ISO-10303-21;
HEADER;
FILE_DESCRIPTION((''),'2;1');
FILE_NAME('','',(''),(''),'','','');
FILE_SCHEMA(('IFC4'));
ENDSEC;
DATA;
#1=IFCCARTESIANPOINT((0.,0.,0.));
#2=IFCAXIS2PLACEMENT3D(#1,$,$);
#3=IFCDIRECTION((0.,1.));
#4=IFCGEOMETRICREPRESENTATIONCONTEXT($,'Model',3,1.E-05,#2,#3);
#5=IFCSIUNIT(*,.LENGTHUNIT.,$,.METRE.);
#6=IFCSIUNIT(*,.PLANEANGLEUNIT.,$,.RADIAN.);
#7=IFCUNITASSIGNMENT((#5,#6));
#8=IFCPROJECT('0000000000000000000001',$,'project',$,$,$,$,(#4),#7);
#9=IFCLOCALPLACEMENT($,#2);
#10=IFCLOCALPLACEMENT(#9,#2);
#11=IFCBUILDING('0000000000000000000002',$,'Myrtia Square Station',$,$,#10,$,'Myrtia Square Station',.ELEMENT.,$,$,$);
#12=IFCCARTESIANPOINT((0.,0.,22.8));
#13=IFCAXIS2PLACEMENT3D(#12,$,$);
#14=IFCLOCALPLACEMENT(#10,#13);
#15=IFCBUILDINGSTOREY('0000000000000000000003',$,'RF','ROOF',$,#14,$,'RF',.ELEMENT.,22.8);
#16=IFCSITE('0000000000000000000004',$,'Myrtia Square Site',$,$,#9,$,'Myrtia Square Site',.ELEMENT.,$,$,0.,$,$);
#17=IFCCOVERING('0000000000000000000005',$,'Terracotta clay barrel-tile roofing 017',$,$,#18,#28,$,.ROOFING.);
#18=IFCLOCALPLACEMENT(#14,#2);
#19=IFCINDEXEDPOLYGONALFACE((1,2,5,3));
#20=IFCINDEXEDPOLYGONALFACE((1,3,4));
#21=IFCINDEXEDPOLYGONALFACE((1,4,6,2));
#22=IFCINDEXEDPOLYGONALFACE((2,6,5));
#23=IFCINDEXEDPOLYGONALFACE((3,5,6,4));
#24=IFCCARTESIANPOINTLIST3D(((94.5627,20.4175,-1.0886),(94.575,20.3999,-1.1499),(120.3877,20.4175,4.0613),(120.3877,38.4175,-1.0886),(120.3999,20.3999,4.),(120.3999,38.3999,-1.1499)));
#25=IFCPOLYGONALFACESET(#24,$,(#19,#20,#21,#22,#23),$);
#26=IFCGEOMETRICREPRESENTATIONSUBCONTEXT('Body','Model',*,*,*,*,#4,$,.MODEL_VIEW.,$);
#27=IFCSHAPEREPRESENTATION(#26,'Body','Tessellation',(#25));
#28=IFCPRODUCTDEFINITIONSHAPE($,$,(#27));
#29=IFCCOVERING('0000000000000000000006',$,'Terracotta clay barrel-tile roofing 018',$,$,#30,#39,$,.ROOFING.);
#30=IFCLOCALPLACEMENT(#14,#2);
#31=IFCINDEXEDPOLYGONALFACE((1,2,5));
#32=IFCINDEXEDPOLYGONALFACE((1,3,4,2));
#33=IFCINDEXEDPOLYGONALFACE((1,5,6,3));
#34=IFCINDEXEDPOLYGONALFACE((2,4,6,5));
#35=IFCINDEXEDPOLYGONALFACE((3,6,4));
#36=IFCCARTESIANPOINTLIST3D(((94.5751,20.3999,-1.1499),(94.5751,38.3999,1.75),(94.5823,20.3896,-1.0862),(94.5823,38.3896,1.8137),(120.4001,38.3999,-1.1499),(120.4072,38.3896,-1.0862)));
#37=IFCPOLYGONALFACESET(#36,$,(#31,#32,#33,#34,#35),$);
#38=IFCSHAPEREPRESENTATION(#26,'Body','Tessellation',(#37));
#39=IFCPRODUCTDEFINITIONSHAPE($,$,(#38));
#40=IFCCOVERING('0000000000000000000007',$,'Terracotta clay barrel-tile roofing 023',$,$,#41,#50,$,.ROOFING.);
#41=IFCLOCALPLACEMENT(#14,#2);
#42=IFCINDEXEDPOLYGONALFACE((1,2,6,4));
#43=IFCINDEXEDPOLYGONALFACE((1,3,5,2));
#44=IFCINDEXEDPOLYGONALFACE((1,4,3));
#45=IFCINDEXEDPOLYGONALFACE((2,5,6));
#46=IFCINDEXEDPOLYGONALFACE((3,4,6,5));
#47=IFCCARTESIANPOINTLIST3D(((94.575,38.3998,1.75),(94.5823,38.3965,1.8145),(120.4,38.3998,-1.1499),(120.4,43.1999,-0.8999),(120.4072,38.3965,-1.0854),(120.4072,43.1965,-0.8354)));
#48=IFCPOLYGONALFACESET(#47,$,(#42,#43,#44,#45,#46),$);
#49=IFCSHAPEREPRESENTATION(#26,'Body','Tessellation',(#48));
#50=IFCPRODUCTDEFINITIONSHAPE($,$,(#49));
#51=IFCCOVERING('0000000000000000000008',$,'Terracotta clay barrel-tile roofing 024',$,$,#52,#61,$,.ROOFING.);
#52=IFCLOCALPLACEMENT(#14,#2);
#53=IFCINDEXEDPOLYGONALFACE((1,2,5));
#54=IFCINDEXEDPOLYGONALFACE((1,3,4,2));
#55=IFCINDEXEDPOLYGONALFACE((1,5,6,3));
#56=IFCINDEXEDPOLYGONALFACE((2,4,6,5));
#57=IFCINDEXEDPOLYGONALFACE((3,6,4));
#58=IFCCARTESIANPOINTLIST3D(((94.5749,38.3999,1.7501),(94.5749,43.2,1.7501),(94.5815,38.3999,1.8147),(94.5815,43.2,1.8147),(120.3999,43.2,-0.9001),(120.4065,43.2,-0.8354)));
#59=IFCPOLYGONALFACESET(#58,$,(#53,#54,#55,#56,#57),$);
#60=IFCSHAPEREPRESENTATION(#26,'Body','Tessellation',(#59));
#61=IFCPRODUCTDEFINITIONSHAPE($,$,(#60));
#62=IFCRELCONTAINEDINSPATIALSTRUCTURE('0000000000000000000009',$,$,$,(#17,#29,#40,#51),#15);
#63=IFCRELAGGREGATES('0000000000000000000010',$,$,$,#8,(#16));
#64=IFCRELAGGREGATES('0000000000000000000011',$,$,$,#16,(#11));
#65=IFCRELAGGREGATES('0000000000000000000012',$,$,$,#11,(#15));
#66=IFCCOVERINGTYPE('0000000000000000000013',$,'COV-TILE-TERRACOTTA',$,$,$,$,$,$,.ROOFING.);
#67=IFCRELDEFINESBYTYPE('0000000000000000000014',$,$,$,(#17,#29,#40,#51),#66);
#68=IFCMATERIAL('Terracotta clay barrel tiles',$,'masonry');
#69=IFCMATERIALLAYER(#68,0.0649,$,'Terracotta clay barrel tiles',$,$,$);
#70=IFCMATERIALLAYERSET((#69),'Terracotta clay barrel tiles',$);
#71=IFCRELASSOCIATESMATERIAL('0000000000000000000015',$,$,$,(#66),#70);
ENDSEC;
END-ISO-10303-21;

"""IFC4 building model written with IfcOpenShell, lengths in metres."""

from ifc_helpers import new_model, si_unit, direction, frame, origin, place, context, subcontext, project, spatial, polyline, outline, extrude, material, layer, layer_set, type_object, element, save


model = new_model("IFC4")

# Units and contexts
model_context = context("Model", 3, precision=1e-05, world=origin(), true_north=direction((0.0, 1.0)))
body_context = subcontext(model_context, "Body", "Model", "MODEL_VIEW")
ifc_project = project(units=[si_unit("LENGTHUNIT", "METRE"), si_unit("PLANEANGLEUNIT", "RADIAN")], contexts=[model_context])

# Site, building, storey
site_placement = place(None, origin())
site = spatial("IfcSite", under=ifc_project, at=site_placement, Name="Myrtia Square Site", LongName="Myrtia Square Site", CompositionType="ELEMENT", RefElevation=0.0)
building_placement = place(site_placement, origin())
building = spatial("IfcBuilding", under=site, at=building_placement, Name="Myrtia Square Station", LongName="Myrtia Square Station", CompositionType="ELEMENT")
storey_placement = place(building_placement, frame((0.0, 0.0, 22.8)))
storey = spatial("IfcBuildingStorey", under=building, at=storey_placement, Name="RF", Description="ROOF", LongName="RF", CompositionType="ELEMENT", Elevation=22.8)

# Coverings
ifc_material_1 = material(Name="Terracotta clay barrel tiles", Category="masonry")
ifc_layer_1 = layer(ifc_material_1, 0.0649, Name="Terracotta clay barrel tiles")
ifc_layer_set_1 = layer_set([ifc_layer_1], Name="Terracotta clay barrel tiles")
covering_type = type_object("IfcCoveringType", Name="COV-TILE-TERRACOTTA", PredefinedType="ROOFING", material=ifc_layer_set_1)
covering_1_placement = place(storey_placement, frame((120.3877, 20.4175, 4.0613), z_axis=(-0.188294, 0.270149, 0.944227), x_axis=(0.0, 0.961424, -0.275069)))
element("IfcCovering", 1, at=covering_1_placement, inside=storey, type_object=covering_type, Name="Terracotta clay barrel-tile roofing 017", PredefinedType="ROOFING", context=body_context, shape_type="SweptSolid", body=[
    extrude(outline(polyline([(0.0, 0.0), (18.7222, 0.0), (1.4166, 26.2953), (0.0, 0.0)])), origin(), (0.0, 0.0, -1.0), 0.0649),
])
covering_2_placement = place(storey_placement, frame((94.5823, 20.3896, -1.0862), z_axis=(0.110186, -0.158086, 0.981258), x_axis=(0.820386, 0.57181, 0.0)))
element("IfcCovering", 2, at=covering_2_placement, inside=storey, type_object=covering_type, Name="Terracotta clay barrel-tile roofing 018", PredefinedType="ROOFING", context=body_context, shape_type="SweptSolid", body=[
    extrude(outline(polyline([(0.0, 0.0), (31.479, 0.0), (10.2926, 15.049), (0.0, 0.0)])), origin(), (0.0, 0.0, -1.0), 0.0649),
])
covering_3_placement = place(storey_placement, frame((94.5823, 38.3965, 1.8145), z_axis=(0.11144, -0.051688, 0.992426), x_axis=(0.993754, 0.0, -0.111589)))
element("IfcCovering", 3, at=covering_3_placement, inside=storey, type_object=covering_type, Name="Terracotta clay barrel-tile roofing 023", PredefinedType="ROOFING", context=body_context, shape_type="SweptSolid", body=[
    extrude(outline(polyline([(0.0, 0.0), (25.9873, 0.0), (25.9594, 4.8065), (0.0, 0.0)])), origin(), (0.0, 0.0, -1.0), 0.0649),
])
covering_4_placement = place(storey_placement, frame((94.5815, 38.3999, 1.8147), z_axis=(0.102084, 0.0, 0.994776), x_axis=(0.978195, 0.181816, -0.100382)))
element("IfcCovering", 4, at=covering_4_placement, inside=storey, type_object=covering_type, Name="Terracotta clay barrel-tile roofing 024", PredefinedType="ROOFING", context=body_context, shape_type="SweptSolid", body=[
    extrude(outline(polyline([(0.0, 0.0), (26.4006, 0.0), (0.8727, 4.72), (0.0, 0.0)])), origin(), (0.0, 0.0, -1.0), 0.0649),
])

save(model, "model.ifc")
